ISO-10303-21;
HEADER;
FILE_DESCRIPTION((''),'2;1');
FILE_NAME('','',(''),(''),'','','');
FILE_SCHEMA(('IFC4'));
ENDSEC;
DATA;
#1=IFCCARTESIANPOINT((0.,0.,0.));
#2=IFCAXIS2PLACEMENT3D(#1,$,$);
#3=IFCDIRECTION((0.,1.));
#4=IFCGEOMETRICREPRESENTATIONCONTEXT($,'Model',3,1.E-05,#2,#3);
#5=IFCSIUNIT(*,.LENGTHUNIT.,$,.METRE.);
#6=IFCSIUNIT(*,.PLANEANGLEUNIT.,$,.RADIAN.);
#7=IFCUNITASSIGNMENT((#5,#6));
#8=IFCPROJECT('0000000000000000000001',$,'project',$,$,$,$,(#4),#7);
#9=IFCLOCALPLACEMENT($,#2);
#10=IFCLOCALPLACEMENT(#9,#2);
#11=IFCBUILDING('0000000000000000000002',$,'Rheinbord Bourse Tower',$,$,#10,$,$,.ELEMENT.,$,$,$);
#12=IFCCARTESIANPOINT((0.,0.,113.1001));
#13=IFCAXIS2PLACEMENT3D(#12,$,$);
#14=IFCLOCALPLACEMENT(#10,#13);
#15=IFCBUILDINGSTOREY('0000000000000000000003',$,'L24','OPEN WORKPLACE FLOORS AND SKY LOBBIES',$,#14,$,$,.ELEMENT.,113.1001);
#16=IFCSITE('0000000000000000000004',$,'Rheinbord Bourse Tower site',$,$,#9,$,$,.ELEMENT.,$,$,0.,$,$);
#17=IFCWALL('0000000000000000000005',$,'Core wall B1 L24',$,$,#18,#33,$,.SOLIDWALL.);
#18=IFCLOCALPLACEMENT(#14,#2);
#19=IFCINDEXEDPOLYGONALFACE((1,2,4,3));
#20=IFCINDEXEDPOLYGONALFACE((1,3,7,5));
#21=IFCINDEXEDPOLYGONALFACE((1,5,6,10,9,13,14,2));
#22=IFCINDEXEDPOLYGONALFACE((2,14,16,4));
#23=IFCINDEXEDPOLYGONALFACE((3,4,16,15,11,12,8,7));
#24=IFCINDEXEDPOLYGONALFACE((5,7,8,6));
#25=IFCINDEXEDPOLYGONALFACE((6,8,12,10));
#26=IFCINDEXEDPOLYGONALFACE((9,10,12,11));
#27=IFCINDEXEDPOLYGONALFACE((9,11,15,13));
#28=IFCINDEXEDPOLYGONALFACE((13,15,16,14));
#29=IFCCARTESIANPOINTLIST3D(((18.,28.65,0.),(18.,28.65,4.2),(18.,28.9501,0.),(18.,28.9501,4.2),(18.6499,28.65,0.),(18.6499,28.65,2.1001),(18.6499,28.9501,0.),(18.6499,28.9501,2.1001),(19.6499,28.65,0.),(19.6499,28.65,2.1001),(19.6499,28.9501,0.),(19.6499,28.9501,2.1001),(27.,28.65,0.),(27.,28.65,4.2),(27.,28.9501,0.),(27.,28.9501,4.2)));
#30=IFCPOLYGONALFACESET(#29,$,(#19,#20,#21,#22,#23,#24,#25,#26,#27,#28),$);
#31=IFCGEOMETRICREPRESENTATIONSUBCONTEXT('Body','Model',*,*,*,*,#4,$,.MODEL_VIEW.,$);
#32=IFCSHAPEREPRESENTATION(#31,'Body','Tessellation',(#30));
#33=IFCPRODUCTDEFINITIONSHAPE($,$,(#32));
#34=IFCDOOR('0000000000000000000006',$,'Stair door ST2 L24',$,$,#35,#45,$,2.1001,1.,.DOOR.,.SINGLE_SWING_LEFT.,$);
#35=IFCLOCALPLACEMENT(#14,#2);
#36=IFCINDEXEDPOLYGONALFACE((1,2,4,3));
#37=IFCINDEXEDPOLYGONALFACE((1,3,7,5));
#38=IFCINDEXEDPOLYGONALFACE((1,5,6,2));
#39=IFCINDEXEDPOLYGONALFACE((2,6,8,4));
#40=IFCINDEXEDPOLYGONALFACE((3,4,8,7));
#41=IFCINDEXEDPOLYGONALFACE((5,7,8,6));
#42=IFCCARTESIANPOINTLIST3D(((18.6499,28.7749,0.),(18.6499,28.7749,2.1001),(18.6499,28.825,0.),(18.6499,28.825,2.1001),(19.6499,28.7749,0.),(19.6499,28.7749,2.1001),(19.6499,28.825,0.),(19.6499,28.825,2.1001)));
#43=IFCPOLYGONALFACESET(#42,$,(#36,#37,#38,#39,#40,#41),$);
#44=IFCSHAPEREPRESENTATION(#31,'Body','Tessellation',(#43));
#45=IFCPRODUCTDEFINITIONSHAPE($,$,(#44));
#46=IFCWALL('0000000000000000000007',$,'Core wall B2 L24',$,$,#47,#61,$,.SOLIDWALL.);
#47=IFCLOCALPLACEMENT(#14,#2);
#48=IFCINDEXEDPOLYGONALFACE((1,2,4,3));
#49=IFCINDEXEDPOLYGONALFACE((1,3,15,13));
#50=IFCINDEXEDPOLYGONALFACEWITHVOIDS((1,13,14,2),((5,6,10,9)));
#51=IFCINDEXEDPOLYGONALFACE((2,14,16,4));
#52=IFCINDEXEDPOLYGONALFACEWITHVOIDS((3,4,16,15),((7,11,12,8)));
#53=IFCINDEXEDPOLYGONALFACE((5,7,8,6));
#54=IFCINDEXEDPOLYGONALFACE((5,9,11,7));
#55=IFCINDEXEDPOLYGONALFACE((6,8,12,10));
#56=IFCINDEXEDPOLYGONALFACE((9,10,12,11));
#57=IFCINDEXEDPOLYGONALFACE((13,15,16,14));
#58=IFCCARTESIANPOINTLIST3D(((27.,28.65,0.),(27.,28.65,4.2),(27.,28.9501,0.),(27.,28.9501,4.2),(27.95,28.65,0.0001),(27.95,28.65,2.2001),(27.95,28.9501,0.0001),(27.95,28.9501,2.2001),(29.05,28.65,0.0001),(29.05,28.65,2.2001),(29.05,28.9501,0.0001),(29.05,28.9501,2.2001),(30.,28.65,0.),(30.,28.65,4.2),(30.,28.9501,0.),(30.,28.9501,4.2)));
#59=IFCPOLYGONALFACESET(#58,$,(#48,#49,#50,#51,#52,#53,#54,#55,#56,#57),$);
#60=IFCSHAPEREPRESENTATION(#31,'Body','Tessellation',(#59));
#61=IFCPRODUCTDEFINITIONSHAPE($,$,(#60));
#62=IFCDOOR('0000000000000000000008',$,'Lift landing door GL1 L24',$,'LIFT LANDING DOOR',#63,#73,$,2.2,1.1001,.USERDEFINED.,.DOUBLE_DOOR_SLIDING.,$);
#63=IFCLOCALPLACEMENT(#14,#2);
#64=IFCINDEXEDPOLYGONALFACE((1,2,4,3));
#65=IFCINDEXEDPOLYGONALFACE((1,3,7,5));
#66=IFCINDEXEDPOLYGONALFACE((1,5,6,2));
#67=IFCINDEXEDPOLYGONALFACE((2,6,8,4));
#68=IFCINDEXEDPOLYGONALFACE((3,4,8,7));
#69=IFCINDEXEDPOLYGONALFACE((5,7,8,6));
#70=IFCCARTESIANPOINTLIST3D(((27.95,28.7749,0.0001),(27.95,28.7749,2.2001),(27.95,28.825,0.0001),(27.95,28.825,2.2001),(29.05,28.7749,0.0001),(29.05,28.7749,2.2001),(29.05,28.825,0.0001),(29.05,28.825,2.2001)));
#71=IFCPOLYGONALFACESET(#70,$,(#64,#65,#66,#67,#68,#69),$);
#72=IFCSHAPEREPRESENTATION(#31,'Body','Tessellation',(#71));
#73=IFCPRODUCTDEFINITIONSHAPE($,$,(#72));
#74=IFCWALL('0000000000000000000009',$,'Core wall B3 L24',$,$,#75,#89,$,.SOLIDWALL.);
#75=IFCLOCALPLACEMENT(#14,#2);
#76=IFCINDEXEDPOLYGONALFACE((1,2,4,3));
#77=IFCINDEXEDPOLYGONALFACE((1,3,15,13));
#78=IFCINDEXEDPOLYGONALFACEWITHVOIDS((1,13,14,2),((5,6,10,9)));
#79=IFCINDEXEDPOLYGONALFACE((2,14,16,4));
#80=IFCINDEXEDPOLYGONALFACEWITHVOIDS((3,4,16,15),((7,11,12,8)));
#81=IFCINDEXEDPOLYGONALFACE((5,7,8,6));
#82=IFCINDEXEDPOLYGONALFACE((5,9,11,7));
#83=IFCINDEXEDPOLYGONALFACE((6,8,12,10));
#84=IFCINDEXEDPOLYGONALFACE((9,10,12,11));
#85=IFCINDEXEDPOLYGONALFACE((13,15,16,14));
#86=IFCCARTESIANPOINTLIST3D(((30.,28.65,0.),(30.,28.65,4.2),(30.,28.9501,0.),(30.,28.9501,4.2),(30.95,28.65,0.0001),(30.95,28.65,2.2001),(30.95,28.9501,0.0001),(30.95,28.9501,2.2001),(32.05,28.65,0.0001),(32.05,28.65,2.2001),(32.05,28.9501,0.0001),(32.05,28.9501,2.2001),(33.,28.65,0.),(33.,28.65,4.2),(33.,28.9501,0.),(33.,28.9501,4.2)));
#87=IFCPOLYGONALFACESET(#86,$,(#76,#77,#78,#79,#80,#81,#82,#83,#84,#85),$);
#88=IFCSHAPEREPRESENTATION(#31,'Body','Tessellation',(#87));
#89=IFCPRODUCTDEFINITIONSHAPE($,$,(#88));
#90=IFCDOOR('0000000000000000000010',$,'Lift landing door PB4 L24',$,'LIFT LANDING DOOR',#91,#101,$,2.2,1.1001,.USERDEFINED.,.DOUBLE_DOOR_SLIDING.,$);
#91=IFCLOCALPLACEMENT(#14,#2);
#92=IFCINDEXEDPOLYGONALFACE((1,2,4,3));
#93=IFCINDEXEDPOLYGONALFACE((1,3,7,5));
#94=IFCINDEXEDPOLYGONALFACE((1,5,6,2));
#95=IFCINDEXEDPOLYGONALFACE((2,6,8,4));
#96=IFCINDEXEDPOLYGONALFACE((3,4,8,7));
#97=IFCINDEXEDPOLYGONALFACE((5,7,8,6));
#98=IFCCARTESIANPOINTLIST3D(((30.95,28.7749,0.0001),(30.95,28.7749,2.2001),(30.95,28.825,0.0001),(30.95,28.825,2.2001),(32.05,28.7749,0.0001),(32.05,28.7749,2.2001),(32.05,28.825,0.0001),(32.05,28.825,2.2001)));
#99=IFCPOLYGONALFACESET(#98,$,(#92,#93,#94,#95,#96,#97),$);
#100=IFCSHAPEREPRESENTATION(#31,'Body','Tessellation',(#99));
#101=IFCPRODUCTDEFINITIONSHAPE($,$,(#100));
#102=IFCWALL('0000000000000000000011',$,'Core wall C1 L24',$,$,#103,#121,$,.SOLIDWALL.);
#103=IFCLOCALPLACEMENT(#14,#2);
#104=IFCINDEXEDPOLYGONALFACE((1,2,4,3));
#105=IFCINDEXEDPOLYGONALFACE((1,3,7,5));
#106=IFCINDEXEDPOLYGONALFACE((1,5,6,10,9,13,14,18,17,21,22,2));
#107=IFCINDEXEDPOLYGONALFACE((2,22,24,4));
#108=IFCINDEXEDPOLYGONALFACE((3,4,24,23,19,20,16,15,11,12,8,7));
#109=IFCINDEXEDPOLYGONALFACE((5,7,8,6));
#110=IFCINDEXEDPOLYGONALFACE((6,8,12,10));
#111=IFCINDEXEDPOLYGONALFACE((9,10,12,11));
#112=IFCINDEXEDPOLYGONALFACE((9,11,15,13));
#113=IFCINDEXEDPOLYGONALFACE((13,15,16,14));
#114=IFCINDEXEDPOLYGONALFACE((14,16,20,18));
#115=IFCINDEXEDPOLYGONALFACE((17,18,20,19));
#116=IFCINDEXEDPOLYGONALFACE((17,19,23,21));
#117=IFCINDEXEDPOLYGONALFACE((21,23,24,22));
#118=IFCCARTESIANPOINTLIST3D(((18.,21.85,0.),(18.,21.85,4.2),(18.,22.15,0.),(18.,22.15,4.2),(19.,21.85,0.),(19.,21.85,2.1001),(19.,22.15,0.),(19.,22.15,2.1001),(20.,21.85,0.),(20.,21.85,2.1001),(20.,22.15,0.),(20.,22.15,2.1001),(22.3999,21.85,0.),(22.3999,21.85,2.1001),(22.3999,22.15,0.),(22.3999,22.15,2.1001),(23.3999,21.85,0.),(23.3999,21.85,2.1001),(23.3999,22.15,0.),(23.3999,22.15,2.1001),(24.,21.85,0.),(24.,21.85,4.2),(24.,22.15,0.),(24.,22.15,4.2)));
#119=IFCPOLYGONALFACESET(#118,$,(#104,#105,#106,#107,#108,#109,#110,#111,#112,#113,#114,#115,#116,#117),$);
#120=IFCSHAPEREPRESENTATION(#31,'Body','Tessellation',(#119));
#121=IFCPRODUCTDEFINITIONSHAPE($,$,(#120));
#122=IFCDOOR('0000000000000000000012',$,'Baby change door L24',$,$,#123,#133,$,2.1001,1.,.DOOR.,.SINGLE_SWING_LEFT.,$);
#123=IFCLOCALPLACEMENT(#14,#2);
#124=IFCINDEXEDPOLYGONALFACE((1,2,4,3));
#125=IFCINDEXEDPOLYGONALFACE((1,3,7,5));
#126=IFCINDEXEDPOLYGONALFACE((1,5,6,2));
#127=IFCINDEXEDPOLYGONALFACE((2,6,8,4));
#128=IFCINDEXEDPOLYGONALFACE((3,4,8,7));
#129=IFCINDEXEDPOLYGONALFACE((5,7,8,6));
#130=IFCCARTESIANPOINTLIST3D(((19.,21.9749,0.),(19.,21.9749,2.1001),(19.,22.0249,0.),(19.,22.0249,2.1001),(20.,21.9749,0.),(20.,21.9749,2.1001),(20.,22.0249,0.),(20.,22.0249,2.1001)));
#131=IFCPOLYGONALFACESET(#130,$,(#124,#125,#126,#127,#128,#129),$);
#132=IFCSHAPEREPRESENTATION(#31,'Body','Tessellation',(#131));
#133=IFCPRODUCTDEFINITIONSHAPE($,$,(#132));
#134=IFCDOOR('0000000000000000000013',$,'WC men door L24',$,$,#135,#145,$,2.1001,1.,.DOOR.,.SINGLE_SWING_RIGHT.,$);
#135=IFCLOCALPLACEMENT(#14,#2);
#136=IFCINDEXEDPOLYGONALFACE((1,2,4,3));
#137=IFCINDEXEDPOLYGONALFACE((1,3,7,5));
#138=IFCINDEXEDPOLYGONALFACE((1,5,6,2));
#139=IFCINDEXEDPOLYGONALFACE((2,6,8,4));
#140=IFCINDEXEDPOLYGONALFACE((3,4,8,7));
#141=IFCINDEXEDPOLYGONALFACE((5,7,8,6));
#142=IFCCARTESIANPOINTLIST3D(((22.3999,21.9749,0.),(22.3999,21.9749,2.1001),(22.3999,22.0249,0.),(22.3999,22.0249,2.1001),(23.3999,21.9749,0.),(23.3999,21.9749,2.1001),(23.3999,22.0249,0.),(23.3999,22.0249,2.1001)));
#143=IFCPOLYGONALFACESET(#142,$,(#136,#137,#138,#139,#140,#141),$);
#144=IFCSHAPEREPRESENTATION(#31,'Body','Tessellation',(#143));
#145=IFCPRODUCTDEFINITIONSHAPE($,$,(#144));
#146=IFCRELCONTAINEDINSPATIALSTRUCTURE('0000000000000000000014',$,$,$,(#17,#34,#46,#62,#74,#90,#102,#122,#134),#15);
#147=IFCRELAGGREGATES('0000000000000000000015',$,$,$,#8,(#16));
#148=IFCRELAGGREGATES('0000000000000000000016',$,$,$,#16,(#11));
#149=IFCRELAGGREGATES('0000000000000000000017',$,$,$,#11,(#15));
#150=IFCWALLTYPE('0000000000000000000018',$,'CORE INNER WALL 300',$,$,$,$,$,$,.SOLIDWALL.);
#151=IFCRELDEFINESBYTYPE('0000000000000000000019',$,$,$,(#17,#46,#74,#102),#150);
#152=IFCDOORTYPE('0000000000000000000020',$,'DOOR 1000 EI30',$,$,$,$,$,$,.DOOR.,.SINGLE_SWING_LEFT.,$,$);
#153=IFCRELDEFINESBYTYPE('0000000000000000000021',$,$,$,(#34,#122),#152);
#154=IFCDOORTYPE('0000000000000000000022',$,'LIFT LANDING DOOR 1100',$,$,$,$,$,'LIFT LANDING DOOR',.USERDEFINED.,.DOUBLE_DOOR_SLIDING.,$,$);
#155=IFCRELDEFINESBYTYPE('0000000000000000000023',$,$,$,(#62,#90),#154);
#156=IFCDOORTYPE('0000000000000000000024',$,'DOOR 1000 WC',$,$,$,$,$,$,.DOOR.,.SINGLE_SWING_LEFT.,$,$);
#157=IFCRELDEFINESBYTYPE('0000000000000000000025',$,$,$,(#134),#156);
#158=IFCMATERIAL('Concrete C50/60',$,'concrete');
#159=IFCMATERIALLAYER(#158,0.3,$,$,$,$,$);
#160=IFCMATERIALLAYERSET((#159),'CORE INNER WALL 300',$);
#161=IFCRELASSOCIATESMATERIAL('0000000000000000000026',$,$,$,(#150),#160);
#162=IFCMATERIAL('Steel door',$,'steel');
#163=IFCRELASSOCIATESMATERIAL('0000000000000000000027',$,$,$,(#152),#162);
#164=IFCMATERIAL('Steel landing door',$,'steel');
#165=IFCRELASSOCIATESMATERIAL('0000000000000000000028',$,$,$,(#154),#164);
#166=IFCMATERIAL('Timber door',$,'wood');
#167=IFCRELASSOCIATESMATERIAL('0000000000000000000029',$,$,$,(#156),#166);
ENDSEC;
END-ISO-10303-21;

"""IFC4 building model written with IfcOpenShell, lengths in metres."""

from ifc_helpers import new_model, si_unit, direction, frame, frame_2d, origin, place, context, subcontext, project, spatial, rectangle, extrude, material, layer, layer_set, type_object, element, fill, save


model = new_model("IFC4")

# Units and contexts
model_context = context("Model", 3, precision=1e-05, world=origin(), true_north=direction((0.0, 1.0)))
body_context = subcontext(model_context, "Body", "Model", "MODEL_VIEW")
ifc_project = project(units=[si_unit("LENGTHUNIT", "METRE"), si_unit("PLANEANGLEUNIT", "RADIAN")], contexts=[model_context])

# Site, building, storey
site_placement = place(None, origin())
site = spatial("IfcSite", under=ifc_project, at=site_placement, Name="Rheinbord Bourse Tower site", CompositionType="ELEMENT", RefElevation=0.0)
building_placement = place(site_placement, origin())
building = spatial("IfcBuilding", under=site, at=building_placement, Name="Rheinbord Bourse Tower", CompositionType="ELEMENT")
storey_placement = place(building_placement, frame((0.0, 0.0, 113.1001)))
storey = spatial("IfcBuildingStorey", under=building, at=storey_placement, Name="L24", Description="OPEN WORKPLACE FLOORS AND SKY LOBBIES", CompositionType="ELEMENT", Elevation=113.1001)

# Walls, openings, doors
ifc_material_1 = material(Name="Concrete C50/60", Category="concrete")
ifc_layer_1 = layer(ifc_material_1, 0.3)
ifc_layer_set_1 = layer_set([ifc_layer_1], Name="CORE INNER WALL 300")
wall_type_1 = type_object("IfcWallType", Name="CORE INNER WALL 300", PredefinedType="SOLIDWALL", material=ifc_layer_set_1)
wall_1_placement = place(storey_placement, frame((18.0, 28.8, 0.0), z_axis=(0.0, 0.0, 1.0), x_axis=(1.0, 0.0, 0.0)))
wall_1 = element("IfcWall", 1, at=wall_1_placement, inside=storey, type_object=wall_type_1, Name="Core wall B1 L24", PredefinedType="SOLIDWALL", context=body_context, shape_type="SweptSolid", body=[
    extrude(rectangle(XDim=9.0, YDim=0.3, at=frame_2d((4.5, 0.0))), origin(), (0.0, 0.0, 1.0), 4.2),
])
opening_1_placement = place(wall_1_placement, frame((0.6499, 0.0, 0.0)))
opening_1 = element("IfcOpeningElement", 2, at=opening_1_placement, cuts=wall_1, PredefinedType="OPENING", context=body_context, shape_type="SweptSolid", body=[
    extrude(rectangle(XDim=1.0, YDim=2.1001, at=frame_2d((0.5, 1.05))), frame((0.0, 0.1599, 0.0), z_axis=(0.0, -1.0, 0.0), x_axis=(1.0, 0.0, 0.0)), (0.0, 0.0, 1.0), 0.3201),
])
ifc_material_2 = material(Name="Steel door", Category="steel")
door_type_1 = type_object("IfcDoorType", Name="DOOR 1000 EI30", OperationType="SINGLE_SWING_LEFT", PredefinedType="DOOR", material=ifc_material_2)
door_1_placement = place(opening_1_placement, origin())
door_1 = element("IfcDoor", 3, at=door_1_placement, inside=storey, type_object=door_type_1, Name="Stair door ST2 L24", OperationType="SINGLE_SWING_LEFT", OverallHeight=2.1001, OverallWidth=1.0, PredefinedType="DOOR", context=body_context, shape_type="SweptSolid", body=[
    extrude(rectangle(XDim=1.0, YDim=2.1001, at=frame_2d((0.5, 1.05))), frame((0.0, 0.0249, 0.0), z_axis=(0.0, -1.0, 0.0), x_axis=(1.0, 0.0, 0.0)), (0.0, 0.0, 1.0), 0.05),
])
fill(opening_1, door_1)
wall_2_placement = place(storey_placement, frame((27.0, 28.8, 0.0), z_axis=(0.0, 0.0, 1.0), x_axis=(1.0, 0.0, 0.0)))
wall_2 = element("IfcWall", 4, at=wall_2_placement, inside=storey, type_object=wall_type_1, Name="Core wall B2 L24", PredefinedType="SOLIDWALL", context=body_context, shape_type="SweptSolid", body=[
    extrude(rectangle(XDim=3.0, YDim=0.3, at=frame_2d((1.5, 0.0))), origin(), (0.0, 0.0, 1.0), 4.2),
])
opening_2_placement = place(wall_2_placement, frame((0.95, 0.0, 0.0)))
opening_2 = element("IfcOpeningElement", 5, at=opening_2_placement, cuts=wall_2, PredefinedType="OPENING", context=body_context, shape_type="SweptSolid", body=[
    extrude(rectangle(XDim=1.1001, YDim=2.2, at=frame_2d((0.55, 1.1001))), frame((0.0, 0.1599, 0.0), z_axis=(0.0, -1.0, 0.0), x_axis=(1.0, 0.0, 0.0)), (0.0, 0.0, 1.0), 0.3201),
])
ifc_material_3 = material(Name="Steel landing door", Category="steel")
door_type_2 = type_object("IfcDoorType", Name="LIFT LANDING DOOR 1100", ElementType="LIFT LANDING DOOR", OperationType="DOUBLE_DOOR_SLIDING", PredefinedType="USERDEFINED", material=ifc_material_3)
door_2_placement = place(opening_2_placement, origin())
door_2 = element("IfcDoor", 6, at=door_2_placement, inside=storey, type_object=door_type_2, Name="Lift landing door GL1 L24", ObjectType="LIFT LANDING DOOR", OperationType="DOUBLE_DOOR_SLIDING", OverallHeight=2.2, OverallWidth=1.1001, PredefinedType="USERDEFINED", context=body_context, shape_type="SweptSolid", body=[
    extrude(rectangle(XDim=1.1001, YDim=2.2, at=frame_2d((0.55, 1.1001))), frame((0.0, 0.0249, 0.0), z_axis=(0.0, -1.0, 0.0), x_axis=(1.0, 0.0, 0.0)), (0.0, 0.0, 1.0), 0.05),
])
fill(opening_2, door_2)
wall_3_placement = place(storey_placement, frame((30.0, 28.8, 0.0), z_axis=(0.0, 0.0, 1.0), x_axis=(1.0, 0.0, 0.0)))
wall_3 = element("IfcWall", 7, at=wall_3_placement, inside=storey, type_object=wall_type_1, Name="Core wall B3 L24", PredefinedType="SOLIDWALL", context=body_context, shape_type="SweptSolid", body=[
    extrude(rectangle(XDim=3.0, YDim=0.3, at=frame_2d((1.5, 0.0))), origin(), (0.0, 0.0, 1.0), 4.2),
])
opening_3_placement = place(wall_3_placement, frame((0.95, 0.0, 0.0)))
opening_3 = element("IfcOpeningElement", 8, at=opening_3_placement, cuts=wall_3, PredefinedType="OPENING", context=body_context, shape_type="SweptSolid", body=[
    extrude(rectangle(XDim=1.1001, YDim=2.2, at=frame_2d((0.55, 1.1001))), frame((0.0, 0.1599, 0.0), z_axis=(0.0, -1.0, 0.0), x_axis=(1.0, 0.0, 0.0)), (0.0, 0.0, 1.0), 0.3201),
])
door_3_placement = place(opening_3_placement, origin())
door_3 = element("IfcDoor", 9, at=door_3_placement, inside=storey, type_object=door_type_2, Name="Lift landing door PB4 L24", ObjectType="LIFT LANDING DOOR", OperationType="DOUBLE_DOOR_SLIDING", OverallHeight=2.2, OverallWidth=1.1001, PredefinedType="USERDEFINED", context=body_context, shape_type="SweptSolid", body=[
    extrude(rectangle(XDim=1.1001, YDim=2.2, at=frame_2d((0.55, 1.1001))), frame((0.0, 0.0249, 0.0), z_axis=(0.0, -1.0, 0.0), x_axis=(1.0, 0.0, 0.0)), (0.0, 0.0, 1.0), 0.05),
])
fill(opening_3, door_3)

# Wall, openings, doors
wall_4_placement = place(storey_placement, frame((18.0, 22.0, 0.0), z_axis=(0.0, 0.0, 1.0), x_axis=(1.0, 0.0, 0.0)))
wall_4 = element("IfcWall", 10, at=wall_4_placement, inside=storey, type_object=wall_type_1, Name="Core wall C1 L24", PredefinedType="SOLIDWALL", context=body_context, shape_type="SweptSolid", body=[
    extrude(rectangle(XDim=6.0, YDim=0.3, at=frame_2d((3.0, 0.0))), origin(), (0.0, 0.0, 1.0), 4.2),
])
opening_4_placement = place(wall_4_placement, frame((4.3999, 0.0, 0.0)))
opening_4 = element("IfcOpeningElement", 11, at=opening_4_placement, cuts=wall_4, PredefinedType="OPENING", context=body_context, shape_type="SweptSolid", body=[
    extrude(rectangle(XDim=1.0, YDim=2.1001, at=frame_2d((0.5, 1.05))), frame((0.0, 0.1599, 0.0), z_axis=(0.0, -1.0, 0.0), x_axis=(1.0, 0.0, 0.0)), (0.0, 0.0, 1.0), 0.3201),
])
opening_5_placement = place(wall_4_placement, frame((1.0, 0.0, 0.0)))
opening_5 = element("IfcOpeningElement", 12, at=opening_5_placement, cuts=wall_4, PredefinedType="OPENING", context=body_context, shape_type="SweptSolid", body=[
    extrude(rectangle(XDim=1.0, YDim=2.1001, at=frame_2d((0.5, 1.05))), frame((0.0, 0.1599, 0.0), z_axis=(0.0, -1.0, 0.0), x_axis=(1.0, 0.0, 0.0)), (0.0, 0.0, 1.0), 0.3201),
])
door_4_placement = place(opening_5_placement, origin())
door_4 = element("IfcDoor", 13, at=door_4_placement, inside=storey, type_object=door_type_1, Name="Baby change door L24", OperationType="SINGLE_SWING_LEFT", OverallHeight=2.1001, OverallWidth=1.0, PredefinedType="DOOR", context=body_context, shape_type="SweptSolid", body=[
    extrude(rectangle(XDim=1.0, YDim=2.1001, at=frame_2d((0.5, 1.05))), frame((0.0, 0.0249, 0.0), z_axis=(0.0, -1.0, 0.0), x_axis=(1.0, 0.0, 0.0)), (0.0, 0.0, 1.0), 0.05),
])
fill(opening_5, door_4)
ifc_material_4 = material(Name="Timber door", Category="wood")
door_type_3 = type_object("IfcDoorType", Name="DOOR 1000 WC", OperationType="SINGLE_SWING_LEFT", PredefinedType="DOOR", material=ifc_material_4)
door_5_placement = place(opening_4_placement, origin())
door_5 = element("IfcDoor", 14, at=door_5_placement, inside=storey, type_object=door_type_3, Name="WC men door L24", OperationType="SINGLE_SWING_RIGHT", OverallHeight=2.1001, OverallWidth=1.0, PredefinedType="DOOR", context=body_context, shape_type="SweptSolid", body=[
    extrude(rectangle(XDim=1.0, YDim=2.1001, at=frame_2d((0.5, 1.05))), frame((0.0, 0.0249, 0.0), z_axis=(0.0, -1.0, 0.0), x_axis=(1.0, 0.0, 0.0)), (0.0, 0.0, 1.0), 0.05),
])
fill(opening_4, door_5)

save(model, "model.ifc")
